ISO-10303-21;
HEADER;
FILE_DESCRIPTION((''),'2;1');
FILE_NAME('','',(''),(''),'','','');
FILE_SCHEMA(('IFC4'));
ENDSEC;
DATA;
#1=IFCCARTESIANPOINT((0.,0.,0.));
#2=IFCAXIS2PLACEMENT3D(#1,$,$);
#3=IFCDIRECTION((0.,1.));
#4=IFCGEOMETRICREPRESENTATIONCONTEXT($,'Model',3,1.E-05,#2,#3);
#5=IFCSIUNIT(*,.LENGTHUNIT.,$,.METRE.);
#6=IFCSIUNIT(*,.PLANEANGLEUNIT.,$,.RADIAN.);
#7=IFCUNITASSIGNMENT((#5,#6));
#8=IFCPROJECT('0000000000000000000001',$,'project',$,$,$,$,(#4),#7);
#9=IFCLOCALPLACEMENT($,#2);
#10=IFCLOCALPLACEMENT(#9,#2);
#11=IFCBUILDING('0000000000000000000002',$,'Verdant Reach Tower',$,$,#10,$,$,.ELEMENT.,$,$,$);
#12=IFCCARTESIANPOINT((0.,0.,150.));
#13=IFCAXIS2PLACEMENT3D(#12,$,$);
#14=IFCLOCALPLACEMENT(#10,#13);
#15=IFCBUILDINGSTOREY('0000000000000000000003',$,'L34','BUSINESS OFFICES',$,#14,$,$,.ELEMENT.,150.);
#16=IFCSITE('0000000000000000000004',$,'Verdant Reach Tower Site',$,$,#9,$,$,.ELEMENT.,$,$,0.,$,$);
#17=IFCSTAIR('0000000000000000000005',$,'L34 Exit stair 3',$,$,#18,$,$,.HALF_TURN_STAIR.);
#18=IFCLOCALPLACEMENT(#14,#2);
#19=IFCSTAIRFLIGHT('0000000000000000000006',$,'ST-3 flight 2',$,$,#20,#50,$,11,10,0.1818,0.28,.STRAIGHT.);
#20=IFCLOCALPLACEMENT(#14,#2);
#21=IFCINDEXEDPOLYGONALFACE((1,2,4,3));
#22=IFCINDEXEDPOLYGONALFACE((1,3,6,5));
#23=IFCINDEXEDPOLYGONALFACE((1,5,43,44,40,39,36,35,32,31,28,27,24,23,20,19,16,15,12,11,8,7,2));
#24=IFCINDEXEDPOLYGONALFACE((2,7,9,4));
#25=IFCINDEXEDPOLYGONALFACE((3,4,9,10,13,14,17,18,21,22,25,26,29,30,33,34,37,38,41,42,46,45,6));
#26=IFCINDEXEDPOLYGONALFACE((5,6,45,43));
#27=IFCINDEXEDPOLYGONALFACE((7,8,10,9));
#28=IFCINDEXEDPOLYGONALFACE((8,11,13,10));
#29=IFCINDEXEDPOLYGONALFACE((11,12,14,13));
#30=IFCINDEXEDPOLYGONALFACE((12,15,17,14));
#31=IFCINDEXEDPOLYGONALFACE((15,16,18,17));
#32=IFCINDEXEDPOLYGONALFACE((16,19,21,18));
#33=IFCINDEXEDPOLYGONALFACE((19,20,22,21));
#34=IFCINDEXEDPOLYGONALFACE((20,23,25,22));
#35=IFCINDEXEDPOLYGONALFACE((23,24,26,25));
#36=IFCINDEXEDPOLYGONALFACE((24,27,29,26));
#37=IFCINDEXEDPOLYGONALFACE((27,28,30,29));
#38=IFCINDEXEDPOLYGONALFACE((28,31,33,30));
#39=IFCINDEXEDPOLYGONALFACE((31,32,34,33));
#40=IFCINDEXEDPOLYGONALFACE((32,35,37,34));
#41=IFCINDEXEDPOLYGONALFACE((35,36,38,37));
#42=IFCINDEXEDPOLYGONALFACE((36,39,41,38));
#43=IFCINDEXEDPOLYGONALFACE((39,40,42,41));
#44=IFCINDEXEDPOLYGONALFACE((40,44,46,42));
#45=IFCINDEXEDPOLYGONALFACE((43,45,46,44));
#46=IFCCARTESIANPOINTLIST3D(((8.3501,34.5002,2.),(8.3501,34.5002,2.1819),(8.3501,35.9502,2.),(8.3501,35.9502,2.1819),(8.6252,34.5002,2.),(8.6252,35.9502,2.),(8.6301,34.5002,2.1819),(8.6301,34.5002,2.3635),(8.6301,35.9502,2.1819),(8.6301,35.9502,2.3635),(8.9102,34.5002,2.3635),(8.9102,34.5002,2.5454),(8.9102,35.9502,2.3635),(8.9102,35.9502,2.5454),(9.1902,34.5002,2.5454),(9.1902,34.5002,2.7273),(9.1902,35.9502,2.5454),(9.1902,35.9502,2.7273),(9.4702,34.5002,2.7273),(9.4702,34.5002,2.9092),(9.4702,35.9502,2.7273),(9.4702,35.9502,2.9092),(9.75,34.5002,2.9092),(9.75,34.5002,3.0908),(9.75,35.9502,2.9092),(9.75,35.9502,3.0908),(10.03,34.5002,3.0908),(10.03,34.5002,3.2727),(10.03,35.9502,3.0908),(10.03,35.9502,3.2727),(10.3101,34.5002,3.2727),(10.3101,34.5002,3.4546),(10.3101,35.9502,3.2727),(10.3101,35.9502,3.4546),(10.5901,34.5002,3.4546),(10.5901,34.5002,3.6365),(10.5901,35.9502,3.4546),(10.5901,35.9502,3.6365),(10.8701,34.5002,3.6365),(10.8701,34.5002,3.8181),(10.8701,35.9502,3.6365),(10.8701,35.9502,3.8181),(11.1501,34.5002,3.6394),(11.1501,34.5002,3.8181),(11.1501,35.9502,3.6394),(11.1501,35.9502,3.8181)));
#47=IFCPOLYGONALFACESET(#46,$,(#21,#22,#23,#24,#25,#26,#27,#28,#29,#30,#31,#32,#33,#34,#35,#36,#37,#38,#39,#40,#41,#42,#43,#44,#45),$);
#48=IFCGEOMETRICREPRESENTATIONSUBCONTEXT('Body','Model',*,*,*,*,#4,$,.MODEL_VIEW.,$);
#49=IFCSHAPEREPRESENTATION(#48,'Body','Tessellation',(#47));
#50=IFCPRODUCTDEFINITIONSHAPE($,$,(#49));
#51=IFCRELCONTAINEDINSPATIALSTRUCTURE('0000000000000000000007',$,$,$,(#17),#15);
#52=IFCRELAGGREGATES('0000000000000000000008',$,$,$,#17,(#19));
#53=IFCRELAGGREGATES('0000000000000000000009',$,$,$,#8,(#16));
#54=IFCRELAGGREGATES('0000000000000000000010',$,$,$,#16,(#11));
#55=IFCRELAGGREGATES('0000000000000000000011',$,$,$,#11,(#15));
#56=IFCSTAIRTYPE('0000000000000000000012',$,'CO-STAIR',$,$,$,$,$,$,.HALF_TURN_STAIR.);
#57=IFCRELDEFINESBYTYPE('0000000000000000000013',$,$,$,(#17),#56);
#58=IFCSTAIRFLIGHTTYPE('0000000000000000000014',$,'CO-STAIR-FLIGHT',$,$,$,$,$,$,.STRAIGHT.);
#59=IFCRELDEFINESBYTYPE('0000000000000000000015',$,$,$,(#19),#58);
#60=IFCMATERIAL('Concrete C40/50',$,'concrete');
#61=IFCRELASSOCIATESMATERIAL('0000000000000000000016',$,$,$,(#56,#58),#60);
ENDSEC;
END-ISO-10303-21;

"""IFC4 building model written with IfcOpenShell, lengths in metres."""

from ifc_helpers import new_model, si_unit, direction, frame, origin, place, context, subcontext, project, spatial, polyline, outline, extrude, material, type_object, element, aggregate, save


model = new_model("IFC4")

# Units and contexts
model_context = context("Model", 3, precision=1e-05, world=origin(), true_north=direction((0.0, 1.0)))
body_context = subcontext(model_context, "Body", "Model", "MODEL_VIEW")
ifc_project = project(units=[si_unit("LENGTHUNIT", "METRE"), si_unit("PLANEANGLEUNIT", "RADIAN")], contexts=[model_context])

# Site, building, storey
site_placement = place(None, origin())
site = spatial("IfcSite", under=ifc_project, at=site_placement, Name="Verdant Reach Tower Site", CompositionType="ELEMENT", RefElevation=0.0)
building_placement = place(site_placement, origin())
building = spatial("IfcBuilding", under=site, at=building_placement, Name="Verdant Reach Tower", CompositionType="ELEMENT")
storey_placement = place(building_placement, frame((0.0, 0.0, 150.0)))
storey = spatial("IfcBuildingStorey", under=building, at=storey_placement, Name="L34", Description="BUSINESS OFFICES", CompositionType="ELEMENT", Elevation=150.0)

# Shared definitions
ifc_material_1 = material(Name="Concrete C40/50", Category="concrete")

# Stair, stair flight
stair_type = type_object("IfcStairType", Name="CO-STAIR", PredefinedType="HALF_TURN_STAIR", material=ifc_material_1)
stair_placement = place(storey_placement, origin())
stair = element("IfcStair", 1, at=stair_placement, inside=storey, type_object=stair_type, Name="L34 Exit stair 3", PredefinedType="HALF_TURN_STAIR")
stair_flight_type = type_object("IfcStairFlightType", Name="CO-STAIR-FLIGHT", PredefinedType="STRAIGHT", material=ifc_material_1)
stair_flight_1_placement = place(storey_placement, frame((8.3501, 35.2251, 2.0), z_axis=(0.0, 0.0, 1.0), x_axis=(1.0, 0.0, 0.0)))
stair_flight_1 = element("IfcStairFlight", 2, at=stair_flight_1_placement, type_object=stair_flight_type, Name="ST-3 flight 2", NumberOfRisers=11, NumberOfTreads=10, PredefinedType="STRAIGHT", RiserHeight=0.1818, TreadLength=0.28, context=body_context, shape_type="SweptSolid", body=[
    extrude(outline(polyline([(0.0, 0.0), (0.0, 0.1819), (0.28, 0.1819), (0.28, 0.3635), (0.5601, 0.3635), (0.5601, 0.5454), (0.8401, 0.5454), (0.8401, 0.7273), (1.1201, 0.7273), (1.1201, 0.9092), (1.3999, 0.9092), (1.3999, 1.0908), (1.6799, 1.0908), (1.6799, 1.2727), (1.96, 1.2727), (1.96, 1.4546), (2.24, 1.4546), (2.24, 1.6365), (2.52, 1.6365), (2.52, 1.8181), (2.8, 1.8181), (2.8, 2.0), (2.8, 1.6394), (0.2751, 0.0), (0.0, 0.0)])), frame((0.0, 0.7251, 0.0), z_axis=(0.0, -1.0, 0.0), x_axis=(1.0, 0.0, 0.0)), (0.0, 0.0, 1.0), 1.45),
])
aggregate(stair, [stair_flight_1])

save(model, "model.ifc")
